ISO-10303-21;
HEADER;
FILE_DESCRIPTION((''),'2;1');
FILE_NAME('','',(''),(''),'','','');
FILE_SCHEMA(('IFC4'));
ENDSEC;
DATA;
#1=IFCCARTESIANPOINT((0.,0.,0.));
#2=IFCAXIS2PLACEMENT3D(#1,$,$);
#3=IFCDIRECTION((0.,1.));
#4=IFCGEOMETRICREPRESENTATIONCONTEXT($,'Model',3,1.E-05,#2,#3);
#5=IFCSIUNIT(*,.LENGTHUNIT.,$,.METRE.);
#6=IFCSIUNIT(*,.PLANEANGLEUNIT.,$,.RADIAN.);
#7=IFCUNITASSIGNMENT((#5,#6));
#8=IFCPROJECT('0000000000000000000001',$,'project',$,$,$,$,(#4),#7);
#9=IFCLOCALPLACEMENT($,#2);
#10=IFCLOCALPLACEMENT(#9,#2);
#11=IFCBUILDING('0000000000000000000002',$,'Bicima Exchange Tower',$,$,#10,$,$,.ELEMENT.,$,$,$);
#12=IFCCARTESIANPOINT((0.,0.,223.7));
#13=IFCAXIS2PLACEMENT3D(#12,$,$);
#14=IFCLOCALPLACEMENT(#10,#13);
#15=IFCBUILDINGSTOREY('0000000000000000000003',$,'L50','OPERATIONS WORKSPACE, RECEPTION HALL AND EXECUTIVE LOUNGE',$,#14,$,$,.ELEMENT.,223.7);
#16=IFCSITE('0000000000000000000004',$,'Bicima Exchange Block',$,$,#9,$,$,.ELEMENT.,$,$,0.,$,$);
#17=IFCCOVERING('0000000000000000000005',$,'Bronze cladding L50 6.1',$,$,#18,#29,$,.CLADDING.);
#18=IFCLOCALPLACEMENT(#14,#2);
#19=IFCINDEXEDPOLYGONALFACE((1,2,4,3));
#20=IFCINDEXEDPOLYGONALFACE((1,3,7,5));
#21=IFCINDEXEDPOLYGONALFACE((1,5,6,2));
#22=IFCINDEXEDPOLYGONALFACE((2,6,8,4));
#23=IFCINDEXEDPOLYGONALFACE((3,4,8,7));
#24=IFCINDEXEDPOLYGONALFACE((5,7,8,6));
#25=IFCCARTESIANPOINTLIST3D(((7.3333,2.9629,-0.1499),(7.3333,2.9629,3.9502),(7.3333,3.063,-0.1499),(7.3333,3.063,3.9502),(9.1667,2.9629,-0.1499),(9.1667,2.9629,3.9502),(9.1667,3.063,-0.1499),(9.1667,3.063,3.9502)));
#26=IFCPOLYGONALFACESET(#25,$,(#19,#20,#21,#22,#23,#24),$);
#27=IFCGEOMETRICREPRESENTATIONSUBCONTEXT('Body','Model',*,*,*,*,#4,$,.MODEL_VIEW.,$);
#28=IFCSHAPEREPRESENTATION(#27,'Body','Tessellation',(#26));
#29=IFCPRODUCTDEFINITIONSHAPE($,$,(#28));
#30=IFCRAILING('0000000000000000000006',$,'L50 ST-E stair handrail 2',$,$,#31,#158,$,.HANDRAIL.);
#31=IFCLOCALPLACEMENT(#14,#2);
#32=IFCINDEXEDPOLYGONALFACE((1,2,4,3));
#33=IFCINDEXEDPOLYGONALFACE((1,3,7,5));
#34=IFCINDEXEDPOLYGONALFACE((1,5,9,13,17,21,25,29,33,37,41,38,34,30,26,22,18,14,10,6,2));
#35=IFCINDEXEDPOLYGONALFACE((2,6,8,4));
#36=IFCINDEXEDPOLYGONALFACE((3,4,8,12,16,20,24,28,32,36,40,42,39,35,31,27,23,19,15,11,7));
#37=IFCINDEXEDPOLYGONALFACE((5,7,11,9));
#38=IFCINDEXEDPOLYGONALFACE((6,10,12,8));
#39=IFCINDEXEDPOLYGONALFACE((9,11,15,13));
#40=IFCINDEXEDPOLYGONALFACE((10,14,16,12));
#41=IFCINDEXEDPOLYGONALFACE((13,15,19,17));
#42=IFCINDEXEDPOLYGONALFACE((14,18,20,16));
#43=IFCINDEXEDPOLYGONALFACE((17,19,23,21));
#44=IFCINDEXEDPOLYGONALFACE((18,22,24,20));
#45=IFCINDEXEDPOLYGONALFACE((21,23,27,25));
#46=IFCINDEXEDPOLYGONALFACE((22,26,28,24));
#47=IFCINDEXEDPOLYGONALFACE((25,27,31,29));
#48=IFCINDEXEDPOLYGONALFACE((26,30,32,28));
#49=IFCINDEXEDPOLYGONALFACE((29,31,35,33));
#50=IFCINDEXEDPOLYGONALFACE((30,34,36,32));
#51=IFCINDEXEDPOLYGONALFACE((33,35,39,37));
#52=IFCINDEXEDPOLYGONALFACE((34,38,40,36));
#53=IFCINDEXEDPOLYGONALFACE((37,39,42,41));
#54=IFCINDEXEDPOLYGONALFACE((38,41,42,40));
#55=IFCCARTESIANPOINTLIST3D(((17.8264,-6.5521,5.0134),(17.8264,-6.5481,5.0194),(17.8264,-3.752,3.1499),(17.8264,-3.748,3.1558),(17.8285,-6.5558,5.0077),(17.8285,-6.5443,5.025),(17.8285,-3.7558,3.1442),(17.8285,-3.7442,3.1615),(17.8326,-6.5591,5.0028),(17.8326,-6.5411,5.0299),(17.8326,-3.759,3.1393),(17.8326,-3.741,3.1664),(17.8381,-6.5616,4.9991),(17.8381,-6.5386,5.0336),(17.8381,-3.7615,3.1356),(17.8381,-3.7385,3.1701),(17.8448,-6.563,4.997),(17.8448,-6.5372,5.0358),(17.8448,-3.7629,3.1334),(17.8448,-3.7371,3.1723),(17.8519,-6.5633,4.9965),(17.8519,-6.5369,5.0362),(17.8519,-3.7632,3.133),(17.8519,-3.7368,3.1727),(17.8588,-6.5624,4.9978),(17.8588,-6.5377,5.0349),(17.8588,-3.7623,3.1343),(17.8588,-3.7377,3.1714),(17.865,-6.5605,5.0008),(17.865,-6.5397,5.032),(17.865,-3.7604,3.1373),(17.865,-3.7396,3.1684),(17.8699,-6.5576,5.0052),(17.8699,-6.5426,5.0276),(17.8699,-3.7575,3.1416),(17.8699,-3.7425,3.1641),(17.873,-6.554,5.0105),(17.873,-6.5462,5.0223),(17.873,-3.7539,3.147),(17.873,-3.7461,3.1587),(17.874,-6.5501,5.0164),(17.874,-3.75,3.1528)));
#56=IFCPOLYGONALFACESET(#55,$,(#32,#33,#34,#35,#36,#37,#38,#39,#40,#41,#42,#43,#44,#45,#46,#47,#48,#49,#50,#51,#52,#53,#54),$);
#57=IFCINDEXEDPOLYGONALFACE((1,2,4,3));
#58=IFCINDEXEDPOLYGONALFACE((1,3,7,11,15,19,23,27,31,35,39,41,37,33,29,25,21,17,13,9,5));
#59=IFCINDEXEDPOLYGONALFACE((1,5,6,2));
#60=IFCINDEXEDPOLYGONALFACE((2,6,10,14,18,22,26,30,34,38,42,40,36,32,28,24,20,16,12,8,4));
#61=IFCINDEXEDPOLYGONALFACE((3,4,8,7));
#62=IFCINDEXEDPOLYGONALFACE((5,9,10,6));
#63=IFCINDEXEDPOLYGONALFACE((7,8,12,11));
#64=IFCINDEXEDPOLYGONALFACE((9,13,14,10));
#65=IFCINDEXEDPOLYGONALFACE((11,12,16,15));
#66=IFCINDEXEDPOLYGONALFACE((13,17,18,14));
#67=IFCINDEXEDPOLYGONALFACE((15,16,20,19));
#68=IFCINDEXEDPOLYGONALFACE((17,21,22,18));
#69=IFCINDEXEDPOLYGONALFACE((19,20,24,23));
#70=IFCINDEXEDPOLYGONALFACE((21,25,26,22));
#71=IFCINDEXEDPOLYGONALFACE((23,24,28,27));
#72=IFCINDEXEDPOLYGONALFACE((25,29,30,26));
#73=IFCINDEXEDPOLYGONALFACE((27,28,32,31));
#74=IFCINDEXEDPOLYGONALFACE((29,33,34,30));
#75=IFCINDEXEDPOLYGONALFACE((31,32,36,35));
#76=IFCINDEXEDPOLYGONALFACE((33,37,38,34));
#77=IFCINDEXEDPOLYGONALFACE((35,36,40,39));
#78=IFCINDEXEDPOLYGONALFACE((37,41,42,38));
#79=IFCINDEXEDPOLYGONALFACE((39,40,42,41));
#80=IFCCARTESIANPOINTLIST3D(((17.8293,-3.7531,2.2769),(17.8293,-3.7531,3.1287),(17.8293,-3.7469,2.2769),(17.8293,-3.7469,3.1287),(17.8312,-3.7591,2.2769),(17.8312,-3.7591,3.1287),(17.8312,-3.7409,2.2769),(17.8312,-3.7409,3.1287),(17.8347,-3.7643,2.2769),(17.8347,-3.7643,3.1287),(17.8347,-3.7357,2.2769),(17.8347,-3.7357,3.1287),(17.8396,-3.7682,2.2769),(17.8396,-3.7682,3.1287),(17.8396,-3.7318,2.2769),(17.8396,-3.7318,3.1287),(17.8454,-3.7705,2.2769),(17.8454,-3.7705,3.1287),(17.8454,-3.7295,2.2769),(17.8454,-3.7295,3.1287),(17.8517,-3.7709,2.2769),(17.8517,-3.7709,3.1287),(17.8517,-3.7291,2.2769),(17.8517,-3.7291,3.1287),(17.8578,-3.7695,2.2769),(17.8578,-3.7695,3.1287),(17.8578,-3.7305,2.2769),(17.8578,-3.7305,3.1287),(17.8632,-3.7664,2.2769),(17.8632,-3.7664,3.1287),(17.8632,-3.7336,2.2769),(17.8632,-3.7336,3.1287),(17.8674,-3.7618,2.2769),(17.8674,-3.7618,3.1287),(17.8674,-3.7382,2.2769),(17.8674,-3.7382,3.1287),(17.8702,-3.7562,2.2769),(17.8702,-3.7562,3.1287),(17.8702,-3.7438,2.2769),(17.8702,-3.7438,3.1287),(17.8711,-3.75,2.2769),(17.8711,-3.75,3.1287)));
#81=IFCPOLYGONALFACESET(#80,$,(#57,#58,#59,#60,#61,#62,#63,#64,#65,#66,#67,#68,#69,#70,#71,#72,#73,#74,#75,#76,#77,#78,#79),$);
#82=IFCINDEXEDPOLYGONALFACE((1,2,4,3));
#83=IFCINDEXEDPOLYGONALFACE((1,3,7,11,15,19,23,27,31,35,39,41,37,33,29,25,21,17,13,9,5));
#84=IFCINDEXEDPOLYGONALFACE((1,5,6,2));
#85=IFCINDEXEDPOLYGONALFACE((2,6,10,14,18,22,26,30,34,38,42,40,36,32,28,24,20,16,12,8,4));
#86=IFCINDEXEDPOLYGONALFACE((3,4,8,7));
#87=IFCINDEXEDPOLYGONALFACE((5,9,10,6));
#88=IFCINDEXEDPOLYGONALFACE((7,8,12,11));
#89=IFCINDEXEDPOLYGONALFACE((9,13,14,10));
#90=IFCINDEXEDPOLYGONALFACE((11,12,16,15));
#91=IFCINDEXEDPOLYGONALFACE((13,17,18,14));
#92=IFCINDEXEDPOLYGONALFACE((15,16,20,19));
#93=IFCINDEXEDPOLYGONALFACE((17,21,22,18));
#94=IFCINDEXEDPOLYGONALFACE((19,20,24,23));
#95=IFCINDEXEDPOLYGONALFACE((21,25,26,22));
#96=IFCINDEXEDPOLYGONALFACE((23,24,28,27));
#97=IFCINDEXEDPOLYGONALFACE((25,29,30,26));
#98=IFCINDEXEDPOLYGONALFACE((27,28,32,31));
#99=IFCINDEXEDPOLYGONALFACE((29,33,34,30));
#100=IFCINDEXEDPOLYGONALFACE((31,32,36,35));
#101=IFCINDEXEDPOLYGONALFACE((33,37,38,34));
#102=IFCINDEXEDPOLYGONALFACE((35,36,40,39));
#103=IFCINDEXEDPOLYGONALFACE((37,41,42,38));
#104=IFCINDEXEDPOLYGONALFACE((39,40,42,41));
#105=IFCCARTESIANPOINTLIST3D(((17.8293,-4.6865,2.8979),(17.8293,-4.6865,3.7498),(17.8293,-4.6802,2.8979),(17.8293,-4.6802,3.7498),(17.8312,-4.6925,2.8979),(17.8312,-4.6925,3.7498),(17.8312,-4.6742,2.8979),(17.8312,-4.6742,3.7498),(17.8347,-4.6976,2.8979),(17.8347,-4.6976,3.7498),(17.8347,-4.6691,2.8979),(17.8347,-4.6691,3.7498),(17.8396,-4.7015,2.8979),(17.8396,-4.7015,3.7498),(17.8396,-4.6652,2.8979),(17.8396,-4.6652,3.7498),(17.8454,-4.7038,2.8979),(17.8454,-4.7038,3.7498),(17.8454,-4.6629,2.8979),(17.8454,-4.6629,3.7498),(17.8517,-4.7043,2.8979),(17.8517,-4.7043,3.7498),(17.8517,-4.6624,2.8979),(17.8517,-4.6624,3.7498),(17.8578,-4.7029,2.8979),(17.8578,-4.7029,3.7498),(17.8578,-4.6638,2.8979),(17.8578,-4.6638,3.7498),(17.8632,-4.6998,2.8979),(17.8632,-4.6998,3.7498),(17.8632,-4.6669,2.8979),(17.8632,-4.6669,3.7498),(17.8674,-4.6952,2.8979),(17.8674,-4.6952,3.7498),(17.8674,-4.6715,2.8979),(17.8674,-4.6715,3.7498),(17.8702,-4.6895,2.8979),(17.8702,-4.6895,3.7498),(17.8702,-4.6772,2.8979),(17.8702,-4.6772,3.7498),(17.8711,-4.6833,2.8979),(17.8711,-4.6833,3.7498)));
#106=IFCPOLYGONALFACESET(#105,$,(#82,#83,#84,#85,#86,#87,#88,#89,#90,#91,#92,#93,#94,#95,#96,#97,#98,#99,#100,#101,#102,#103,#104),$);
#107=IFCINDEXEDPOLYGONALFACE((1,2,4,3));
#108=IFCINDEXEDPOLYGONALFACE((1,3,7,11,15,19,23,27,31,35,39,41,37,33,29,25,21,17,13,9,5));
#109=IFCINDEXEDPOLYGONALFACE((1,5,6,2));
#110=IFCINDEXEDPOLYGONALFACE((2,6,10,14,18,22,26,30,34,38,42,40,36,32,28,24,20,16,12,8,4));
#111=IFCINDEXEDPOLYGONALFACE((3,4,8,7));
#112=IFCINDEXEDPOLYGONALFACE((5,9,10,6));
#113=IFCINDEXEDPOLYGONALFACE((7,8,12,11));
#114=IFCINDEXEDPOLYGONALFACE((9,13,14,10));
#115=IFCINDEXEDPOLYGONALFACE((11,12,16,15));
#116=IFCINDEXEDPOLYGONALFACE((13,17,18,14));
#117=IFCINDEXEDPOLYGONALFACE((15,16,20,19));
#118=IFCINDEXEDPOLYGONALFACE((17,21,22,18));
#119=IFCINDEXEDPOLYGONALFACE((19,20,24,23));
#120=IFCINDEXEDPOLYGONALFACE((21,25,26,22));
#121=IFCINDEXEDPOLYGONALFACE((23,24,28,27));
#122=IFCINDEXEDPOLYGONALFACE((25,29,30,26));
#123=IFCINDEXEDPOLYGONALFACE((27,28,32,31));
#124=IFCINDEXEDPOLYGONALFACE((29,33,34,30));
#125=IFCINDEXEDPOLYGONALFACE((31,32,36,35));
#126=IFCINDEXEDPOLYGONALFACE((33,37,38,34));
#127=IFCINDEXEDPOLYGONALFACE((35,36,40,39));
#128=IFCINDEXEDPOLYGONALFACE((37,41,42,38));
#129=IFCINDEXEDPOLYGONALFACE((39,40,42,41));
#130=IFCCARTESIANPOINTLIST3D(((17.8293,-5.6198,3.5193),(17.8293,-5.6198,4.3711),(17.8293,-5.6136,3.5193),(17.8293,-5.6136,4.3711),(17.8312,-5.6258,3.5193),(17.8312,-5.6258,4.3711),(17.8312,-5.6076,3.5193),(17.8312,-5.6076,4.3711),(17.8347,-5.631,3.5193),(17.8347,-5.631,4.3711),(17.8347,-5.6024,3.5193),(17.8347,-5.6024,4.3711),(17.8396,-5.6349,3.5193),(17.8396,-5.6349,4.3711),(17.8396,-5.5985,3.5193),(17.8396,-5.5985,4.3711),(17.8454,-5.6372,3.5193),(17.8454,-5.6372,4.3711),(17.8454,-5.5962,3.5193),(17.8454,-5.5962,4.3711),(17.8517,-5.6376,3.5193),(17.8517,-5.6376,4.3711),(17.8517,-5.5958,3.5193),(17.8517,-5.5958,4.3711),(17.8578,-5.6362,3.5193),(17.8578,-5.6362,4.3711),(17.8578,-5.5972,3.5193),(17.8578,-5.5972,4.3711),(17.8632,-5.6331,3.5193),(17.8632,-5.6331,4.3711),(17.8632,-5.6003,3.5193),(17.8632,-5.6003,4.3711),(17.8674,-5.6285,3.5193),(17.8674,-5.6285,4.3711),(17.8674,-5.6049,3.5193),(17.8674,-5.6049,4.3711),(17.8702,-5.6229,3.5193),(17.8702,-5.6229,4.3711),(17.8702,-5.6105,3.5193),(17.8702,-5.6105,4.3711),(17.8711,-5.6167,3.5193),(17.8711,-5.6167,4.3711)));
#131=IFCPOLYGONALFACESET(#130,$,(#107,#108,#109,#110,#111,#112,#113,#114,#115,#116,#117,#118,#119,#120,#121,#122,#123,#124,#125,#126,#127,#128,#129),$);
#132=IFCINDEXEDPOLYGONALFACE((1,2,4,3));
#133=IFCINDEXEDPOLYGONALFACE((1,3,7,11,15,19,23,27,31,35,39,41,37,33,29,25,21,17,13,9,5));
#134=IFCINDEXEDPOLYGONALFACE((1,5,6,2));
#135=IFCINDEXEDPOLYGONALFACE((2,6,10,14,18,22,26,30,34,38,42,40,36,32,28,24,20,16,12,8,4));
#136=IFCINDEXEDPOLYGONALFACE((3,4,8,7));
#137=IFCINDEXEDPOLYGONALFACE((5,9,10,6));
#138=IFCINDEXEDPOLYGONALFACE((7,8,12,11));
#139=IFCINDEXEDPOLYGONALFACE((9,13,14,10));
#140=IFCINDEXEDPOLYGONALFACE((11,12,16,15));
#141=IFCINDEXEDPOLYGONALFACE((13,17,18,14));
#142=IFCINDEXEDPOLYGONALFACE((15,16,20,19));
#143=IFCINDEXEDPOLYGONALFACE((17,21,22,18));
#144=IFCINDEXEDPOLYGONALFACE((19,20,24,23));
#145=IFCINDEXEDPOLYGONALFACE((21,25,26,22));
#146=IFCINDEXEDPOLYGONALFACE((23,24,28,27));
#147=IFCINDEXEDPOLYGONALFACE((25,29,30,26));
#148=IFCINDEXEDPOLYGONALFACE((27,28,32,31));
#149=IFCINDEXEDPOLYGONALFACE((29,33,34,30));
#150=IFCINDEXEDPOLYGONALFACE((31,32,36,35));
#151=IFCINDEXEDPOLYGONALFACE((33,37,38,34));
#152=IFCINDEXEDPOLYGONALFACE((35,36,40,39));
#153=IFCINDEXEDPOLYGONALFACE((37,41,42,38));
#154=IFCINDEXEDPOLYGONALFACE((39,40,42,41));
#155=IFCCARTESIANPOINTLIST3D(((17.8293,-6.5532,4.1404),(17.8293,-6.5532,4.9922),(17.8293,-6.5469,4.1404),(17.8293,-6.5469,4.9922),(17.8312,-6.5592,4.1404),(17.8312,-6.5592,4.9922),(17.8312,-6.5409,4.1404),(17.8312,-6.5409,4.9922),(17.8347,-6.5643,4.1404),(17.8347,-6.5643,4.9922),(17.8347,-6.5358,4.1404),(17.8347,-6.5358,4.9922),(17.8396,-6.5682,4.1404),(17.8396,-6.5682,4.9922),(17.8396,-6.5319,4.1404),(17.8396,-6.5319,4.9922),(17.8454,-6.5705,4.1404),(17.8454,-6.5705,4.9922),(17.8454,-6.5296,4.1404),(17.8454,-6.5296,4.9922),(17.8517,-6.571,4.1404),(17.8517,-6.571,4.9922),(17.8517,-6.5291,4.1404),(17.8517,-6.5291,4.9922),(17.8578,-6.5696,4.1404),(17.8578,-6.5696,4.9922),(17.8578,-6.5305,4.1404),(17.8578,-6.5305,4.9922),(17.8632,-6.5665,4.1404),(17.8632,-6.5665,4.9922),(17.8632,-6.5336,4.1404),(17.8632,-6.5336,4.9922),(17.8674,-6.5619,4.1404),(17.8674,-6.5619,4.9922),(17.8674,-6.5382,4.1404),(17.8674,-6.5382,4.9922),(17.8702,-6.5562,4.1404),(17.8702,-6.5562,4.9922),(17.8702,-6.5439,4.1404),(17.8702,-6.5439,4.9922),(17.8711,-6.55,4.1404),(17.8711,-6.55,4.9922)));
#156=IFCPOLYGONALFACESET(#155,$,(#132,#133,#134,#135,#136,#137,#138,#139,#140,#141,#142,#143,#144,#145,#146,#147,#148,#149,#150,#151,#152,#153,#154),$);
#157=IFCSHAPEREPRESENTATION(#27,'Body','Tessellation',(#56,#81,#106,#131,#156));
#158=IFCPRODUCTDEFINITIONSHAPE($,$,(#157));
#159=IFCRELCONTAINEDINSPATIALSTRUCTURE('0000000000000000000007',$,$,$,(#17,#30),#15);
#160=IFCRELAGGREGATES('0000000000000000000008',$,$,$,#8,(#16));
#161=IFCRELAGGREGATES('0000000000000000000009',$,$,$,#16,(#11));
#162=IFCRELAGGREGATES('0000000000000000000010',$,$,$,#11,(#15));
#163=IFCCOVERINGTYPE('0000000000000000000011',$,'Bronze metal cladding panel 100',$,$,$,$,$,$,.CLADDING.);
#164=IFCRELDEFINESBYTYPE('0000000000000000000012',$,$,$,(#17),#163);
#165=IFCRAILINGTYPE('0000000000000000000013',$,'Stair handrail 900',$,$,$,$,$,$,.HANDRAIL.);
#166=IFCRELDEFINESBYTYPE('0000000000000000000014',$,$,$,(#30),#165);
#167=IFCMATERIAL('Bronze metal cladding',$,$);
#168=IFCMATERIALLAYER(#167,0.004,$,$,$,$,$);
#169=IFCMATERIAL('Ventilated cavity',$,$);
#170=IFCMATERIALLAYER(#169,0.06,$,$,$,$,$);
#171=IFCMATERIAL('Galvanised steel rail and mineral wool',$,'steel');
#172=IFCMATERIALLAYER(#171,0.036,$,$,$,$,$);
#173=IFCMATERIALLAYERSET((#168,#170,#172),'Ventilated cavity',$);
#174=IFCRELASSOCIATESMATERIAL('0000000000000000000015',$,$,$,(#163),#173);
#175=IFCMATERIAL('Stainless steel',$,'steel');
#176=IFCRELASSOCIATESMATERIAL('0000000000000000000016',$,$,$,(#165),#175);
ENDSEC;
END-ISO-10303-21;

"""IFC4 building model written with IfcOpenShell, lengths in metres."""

from ifc_helpers import new_model, si_unit, direction, frame, origin, origin_2d, place, context, subcontext, project, spatial, rectangle, circle, extrude, material, layer, layer_set, type_object, element, save


model = new_model("IFC4")

# Units and contexts
model_context = context("Model", 3, precision=1e-05, world=origin(), true_north=direction((0.0, 1.0)))
body_context = subcontext(model_context, "Body", "Model", "MODEL_VIEW")
ifc_project = project(units=[si_unit("LENGTHUNIT", "METRE"), si_unit("PLANEANGLEUNIT", "RADIAN")], contexts=[model_context])

# Site, building, storey
site_placement = place(None, origin())
site = spatial("IfcSite", under=ifc_project, at=site_placement, Name="Bicima Exchange Block", CompositionType="ELEMENT", RefElevation=0.0)
building_placement = place(site_placement, origin())
building = spatial("IfcBuilding", under=site, at=building_placement, Name="Bicima Exchange Tower", CompositionType="ELEMENT")
storey_placement = place(building_placement, frame((0.0, 0.0, 223.7)))
storey = spatial("IfcBuildingStorey", under=building, at=storey_placement, Name="L50", Description="OPERATIONS WORKSPACE, RECEPTION HALL AND EXECUTIVE LOUNGE", CompositionType="ELEMENT", Elevation=223.7)

# Shared definitions
ifc_material_1 = material(Name="Stainless steel", Category="steel")

# Covering
ifc_material_2 = material(Name="Bronze metal cladding")
ifc_layer_1 = layer(ifc_material_2, 0.004)
ifc_material_3 = material(Name="Ventilated cavity")
ifc_layer_2 = layer(ifc_material_3, 0.06)
ifc_material_4 = material(Name="Galvanised steel rail and mineral wool", Category="steel")
ifc_layer_3 = layer(ifc_material_4, 0.036)
ifc_layer_set_1 = layer_set([ifc_layer_1, ifc_layer_2, ifc_layer_3], Name="Ventilated cavity")
covering_type = type_object("IfcCoveringType", Name="Bronze metal cladding panel 100", PredefinedType="CLADDING", material=ifc_layer_set_1)
covering_1_placement = place(storey_placement, frame((8.25, 3.0129, -0.1499), z_axis=(0.0, 0.0, 1.0), x_axis=(-1.0, 0.0, 0.0)))
element("IfcCovering", 1, at=covering_1_placement, inside=storey, type_object=covering_type, Name="Bronze cladding L50 6.1", PredefinedType="CLADDING", context=body_context, shape_type="SweptSolid", body=[
    extrude(rectangle(XDim=1.8335, YDim=0.1001, at=origin_2d()), origin(), (0.0, 0.0, 1.0), 4.1001),
])

# Railing
railing_type = type_object("IfcRailingType", Name="Stair handrail 900", PredefinedType="HANDRAIL", material=ifc_material_1)
railing_placement = place(storey_placement, frame((17.8501, -3.75, 2.2769)))
element("IfcRailing", 2, at=railing_placement, inside=storey, type_object=railing_type, Name="L50 ST-E stair handrail 2", PredefinedType="HANDRAIL", context=body_context, shape_type="SweptSolid", body=[
    extrude(circle(Radius=0.0239, at=origin_2d()), frame((0.0, 0.0, 0.876), z_axis=(0.0, -0.832486, 0.554047), x_axis=(1.0, 0.0, 0.0)), (0.0, 0.0, 1.0), 3.3635),
    extrude(circle(Radius=0.021, at=origin_2d()), origin(), (0.0, 0.0, 1.0), 0.8518),
    extrude(circle(Radius=0.021, at=origin_2d()), frame((0.0, -0.9333, 0.6211)), (0.0, 0.0, 1.0), 0.8518),
    extrude(circle(Radius=0.021, at=origin_2d()), frame((0.0, -1.8667, 1.2424)), (0.0, 0.0, 1.0), 0.8518),
    extrude(circle(Radius=0.021, at=origin_2d()), frame((0.0, -2.8, 1.8635)), (0.0, 0.0, 1.0), 0.8518),
])

save(model, "model.ifc")
